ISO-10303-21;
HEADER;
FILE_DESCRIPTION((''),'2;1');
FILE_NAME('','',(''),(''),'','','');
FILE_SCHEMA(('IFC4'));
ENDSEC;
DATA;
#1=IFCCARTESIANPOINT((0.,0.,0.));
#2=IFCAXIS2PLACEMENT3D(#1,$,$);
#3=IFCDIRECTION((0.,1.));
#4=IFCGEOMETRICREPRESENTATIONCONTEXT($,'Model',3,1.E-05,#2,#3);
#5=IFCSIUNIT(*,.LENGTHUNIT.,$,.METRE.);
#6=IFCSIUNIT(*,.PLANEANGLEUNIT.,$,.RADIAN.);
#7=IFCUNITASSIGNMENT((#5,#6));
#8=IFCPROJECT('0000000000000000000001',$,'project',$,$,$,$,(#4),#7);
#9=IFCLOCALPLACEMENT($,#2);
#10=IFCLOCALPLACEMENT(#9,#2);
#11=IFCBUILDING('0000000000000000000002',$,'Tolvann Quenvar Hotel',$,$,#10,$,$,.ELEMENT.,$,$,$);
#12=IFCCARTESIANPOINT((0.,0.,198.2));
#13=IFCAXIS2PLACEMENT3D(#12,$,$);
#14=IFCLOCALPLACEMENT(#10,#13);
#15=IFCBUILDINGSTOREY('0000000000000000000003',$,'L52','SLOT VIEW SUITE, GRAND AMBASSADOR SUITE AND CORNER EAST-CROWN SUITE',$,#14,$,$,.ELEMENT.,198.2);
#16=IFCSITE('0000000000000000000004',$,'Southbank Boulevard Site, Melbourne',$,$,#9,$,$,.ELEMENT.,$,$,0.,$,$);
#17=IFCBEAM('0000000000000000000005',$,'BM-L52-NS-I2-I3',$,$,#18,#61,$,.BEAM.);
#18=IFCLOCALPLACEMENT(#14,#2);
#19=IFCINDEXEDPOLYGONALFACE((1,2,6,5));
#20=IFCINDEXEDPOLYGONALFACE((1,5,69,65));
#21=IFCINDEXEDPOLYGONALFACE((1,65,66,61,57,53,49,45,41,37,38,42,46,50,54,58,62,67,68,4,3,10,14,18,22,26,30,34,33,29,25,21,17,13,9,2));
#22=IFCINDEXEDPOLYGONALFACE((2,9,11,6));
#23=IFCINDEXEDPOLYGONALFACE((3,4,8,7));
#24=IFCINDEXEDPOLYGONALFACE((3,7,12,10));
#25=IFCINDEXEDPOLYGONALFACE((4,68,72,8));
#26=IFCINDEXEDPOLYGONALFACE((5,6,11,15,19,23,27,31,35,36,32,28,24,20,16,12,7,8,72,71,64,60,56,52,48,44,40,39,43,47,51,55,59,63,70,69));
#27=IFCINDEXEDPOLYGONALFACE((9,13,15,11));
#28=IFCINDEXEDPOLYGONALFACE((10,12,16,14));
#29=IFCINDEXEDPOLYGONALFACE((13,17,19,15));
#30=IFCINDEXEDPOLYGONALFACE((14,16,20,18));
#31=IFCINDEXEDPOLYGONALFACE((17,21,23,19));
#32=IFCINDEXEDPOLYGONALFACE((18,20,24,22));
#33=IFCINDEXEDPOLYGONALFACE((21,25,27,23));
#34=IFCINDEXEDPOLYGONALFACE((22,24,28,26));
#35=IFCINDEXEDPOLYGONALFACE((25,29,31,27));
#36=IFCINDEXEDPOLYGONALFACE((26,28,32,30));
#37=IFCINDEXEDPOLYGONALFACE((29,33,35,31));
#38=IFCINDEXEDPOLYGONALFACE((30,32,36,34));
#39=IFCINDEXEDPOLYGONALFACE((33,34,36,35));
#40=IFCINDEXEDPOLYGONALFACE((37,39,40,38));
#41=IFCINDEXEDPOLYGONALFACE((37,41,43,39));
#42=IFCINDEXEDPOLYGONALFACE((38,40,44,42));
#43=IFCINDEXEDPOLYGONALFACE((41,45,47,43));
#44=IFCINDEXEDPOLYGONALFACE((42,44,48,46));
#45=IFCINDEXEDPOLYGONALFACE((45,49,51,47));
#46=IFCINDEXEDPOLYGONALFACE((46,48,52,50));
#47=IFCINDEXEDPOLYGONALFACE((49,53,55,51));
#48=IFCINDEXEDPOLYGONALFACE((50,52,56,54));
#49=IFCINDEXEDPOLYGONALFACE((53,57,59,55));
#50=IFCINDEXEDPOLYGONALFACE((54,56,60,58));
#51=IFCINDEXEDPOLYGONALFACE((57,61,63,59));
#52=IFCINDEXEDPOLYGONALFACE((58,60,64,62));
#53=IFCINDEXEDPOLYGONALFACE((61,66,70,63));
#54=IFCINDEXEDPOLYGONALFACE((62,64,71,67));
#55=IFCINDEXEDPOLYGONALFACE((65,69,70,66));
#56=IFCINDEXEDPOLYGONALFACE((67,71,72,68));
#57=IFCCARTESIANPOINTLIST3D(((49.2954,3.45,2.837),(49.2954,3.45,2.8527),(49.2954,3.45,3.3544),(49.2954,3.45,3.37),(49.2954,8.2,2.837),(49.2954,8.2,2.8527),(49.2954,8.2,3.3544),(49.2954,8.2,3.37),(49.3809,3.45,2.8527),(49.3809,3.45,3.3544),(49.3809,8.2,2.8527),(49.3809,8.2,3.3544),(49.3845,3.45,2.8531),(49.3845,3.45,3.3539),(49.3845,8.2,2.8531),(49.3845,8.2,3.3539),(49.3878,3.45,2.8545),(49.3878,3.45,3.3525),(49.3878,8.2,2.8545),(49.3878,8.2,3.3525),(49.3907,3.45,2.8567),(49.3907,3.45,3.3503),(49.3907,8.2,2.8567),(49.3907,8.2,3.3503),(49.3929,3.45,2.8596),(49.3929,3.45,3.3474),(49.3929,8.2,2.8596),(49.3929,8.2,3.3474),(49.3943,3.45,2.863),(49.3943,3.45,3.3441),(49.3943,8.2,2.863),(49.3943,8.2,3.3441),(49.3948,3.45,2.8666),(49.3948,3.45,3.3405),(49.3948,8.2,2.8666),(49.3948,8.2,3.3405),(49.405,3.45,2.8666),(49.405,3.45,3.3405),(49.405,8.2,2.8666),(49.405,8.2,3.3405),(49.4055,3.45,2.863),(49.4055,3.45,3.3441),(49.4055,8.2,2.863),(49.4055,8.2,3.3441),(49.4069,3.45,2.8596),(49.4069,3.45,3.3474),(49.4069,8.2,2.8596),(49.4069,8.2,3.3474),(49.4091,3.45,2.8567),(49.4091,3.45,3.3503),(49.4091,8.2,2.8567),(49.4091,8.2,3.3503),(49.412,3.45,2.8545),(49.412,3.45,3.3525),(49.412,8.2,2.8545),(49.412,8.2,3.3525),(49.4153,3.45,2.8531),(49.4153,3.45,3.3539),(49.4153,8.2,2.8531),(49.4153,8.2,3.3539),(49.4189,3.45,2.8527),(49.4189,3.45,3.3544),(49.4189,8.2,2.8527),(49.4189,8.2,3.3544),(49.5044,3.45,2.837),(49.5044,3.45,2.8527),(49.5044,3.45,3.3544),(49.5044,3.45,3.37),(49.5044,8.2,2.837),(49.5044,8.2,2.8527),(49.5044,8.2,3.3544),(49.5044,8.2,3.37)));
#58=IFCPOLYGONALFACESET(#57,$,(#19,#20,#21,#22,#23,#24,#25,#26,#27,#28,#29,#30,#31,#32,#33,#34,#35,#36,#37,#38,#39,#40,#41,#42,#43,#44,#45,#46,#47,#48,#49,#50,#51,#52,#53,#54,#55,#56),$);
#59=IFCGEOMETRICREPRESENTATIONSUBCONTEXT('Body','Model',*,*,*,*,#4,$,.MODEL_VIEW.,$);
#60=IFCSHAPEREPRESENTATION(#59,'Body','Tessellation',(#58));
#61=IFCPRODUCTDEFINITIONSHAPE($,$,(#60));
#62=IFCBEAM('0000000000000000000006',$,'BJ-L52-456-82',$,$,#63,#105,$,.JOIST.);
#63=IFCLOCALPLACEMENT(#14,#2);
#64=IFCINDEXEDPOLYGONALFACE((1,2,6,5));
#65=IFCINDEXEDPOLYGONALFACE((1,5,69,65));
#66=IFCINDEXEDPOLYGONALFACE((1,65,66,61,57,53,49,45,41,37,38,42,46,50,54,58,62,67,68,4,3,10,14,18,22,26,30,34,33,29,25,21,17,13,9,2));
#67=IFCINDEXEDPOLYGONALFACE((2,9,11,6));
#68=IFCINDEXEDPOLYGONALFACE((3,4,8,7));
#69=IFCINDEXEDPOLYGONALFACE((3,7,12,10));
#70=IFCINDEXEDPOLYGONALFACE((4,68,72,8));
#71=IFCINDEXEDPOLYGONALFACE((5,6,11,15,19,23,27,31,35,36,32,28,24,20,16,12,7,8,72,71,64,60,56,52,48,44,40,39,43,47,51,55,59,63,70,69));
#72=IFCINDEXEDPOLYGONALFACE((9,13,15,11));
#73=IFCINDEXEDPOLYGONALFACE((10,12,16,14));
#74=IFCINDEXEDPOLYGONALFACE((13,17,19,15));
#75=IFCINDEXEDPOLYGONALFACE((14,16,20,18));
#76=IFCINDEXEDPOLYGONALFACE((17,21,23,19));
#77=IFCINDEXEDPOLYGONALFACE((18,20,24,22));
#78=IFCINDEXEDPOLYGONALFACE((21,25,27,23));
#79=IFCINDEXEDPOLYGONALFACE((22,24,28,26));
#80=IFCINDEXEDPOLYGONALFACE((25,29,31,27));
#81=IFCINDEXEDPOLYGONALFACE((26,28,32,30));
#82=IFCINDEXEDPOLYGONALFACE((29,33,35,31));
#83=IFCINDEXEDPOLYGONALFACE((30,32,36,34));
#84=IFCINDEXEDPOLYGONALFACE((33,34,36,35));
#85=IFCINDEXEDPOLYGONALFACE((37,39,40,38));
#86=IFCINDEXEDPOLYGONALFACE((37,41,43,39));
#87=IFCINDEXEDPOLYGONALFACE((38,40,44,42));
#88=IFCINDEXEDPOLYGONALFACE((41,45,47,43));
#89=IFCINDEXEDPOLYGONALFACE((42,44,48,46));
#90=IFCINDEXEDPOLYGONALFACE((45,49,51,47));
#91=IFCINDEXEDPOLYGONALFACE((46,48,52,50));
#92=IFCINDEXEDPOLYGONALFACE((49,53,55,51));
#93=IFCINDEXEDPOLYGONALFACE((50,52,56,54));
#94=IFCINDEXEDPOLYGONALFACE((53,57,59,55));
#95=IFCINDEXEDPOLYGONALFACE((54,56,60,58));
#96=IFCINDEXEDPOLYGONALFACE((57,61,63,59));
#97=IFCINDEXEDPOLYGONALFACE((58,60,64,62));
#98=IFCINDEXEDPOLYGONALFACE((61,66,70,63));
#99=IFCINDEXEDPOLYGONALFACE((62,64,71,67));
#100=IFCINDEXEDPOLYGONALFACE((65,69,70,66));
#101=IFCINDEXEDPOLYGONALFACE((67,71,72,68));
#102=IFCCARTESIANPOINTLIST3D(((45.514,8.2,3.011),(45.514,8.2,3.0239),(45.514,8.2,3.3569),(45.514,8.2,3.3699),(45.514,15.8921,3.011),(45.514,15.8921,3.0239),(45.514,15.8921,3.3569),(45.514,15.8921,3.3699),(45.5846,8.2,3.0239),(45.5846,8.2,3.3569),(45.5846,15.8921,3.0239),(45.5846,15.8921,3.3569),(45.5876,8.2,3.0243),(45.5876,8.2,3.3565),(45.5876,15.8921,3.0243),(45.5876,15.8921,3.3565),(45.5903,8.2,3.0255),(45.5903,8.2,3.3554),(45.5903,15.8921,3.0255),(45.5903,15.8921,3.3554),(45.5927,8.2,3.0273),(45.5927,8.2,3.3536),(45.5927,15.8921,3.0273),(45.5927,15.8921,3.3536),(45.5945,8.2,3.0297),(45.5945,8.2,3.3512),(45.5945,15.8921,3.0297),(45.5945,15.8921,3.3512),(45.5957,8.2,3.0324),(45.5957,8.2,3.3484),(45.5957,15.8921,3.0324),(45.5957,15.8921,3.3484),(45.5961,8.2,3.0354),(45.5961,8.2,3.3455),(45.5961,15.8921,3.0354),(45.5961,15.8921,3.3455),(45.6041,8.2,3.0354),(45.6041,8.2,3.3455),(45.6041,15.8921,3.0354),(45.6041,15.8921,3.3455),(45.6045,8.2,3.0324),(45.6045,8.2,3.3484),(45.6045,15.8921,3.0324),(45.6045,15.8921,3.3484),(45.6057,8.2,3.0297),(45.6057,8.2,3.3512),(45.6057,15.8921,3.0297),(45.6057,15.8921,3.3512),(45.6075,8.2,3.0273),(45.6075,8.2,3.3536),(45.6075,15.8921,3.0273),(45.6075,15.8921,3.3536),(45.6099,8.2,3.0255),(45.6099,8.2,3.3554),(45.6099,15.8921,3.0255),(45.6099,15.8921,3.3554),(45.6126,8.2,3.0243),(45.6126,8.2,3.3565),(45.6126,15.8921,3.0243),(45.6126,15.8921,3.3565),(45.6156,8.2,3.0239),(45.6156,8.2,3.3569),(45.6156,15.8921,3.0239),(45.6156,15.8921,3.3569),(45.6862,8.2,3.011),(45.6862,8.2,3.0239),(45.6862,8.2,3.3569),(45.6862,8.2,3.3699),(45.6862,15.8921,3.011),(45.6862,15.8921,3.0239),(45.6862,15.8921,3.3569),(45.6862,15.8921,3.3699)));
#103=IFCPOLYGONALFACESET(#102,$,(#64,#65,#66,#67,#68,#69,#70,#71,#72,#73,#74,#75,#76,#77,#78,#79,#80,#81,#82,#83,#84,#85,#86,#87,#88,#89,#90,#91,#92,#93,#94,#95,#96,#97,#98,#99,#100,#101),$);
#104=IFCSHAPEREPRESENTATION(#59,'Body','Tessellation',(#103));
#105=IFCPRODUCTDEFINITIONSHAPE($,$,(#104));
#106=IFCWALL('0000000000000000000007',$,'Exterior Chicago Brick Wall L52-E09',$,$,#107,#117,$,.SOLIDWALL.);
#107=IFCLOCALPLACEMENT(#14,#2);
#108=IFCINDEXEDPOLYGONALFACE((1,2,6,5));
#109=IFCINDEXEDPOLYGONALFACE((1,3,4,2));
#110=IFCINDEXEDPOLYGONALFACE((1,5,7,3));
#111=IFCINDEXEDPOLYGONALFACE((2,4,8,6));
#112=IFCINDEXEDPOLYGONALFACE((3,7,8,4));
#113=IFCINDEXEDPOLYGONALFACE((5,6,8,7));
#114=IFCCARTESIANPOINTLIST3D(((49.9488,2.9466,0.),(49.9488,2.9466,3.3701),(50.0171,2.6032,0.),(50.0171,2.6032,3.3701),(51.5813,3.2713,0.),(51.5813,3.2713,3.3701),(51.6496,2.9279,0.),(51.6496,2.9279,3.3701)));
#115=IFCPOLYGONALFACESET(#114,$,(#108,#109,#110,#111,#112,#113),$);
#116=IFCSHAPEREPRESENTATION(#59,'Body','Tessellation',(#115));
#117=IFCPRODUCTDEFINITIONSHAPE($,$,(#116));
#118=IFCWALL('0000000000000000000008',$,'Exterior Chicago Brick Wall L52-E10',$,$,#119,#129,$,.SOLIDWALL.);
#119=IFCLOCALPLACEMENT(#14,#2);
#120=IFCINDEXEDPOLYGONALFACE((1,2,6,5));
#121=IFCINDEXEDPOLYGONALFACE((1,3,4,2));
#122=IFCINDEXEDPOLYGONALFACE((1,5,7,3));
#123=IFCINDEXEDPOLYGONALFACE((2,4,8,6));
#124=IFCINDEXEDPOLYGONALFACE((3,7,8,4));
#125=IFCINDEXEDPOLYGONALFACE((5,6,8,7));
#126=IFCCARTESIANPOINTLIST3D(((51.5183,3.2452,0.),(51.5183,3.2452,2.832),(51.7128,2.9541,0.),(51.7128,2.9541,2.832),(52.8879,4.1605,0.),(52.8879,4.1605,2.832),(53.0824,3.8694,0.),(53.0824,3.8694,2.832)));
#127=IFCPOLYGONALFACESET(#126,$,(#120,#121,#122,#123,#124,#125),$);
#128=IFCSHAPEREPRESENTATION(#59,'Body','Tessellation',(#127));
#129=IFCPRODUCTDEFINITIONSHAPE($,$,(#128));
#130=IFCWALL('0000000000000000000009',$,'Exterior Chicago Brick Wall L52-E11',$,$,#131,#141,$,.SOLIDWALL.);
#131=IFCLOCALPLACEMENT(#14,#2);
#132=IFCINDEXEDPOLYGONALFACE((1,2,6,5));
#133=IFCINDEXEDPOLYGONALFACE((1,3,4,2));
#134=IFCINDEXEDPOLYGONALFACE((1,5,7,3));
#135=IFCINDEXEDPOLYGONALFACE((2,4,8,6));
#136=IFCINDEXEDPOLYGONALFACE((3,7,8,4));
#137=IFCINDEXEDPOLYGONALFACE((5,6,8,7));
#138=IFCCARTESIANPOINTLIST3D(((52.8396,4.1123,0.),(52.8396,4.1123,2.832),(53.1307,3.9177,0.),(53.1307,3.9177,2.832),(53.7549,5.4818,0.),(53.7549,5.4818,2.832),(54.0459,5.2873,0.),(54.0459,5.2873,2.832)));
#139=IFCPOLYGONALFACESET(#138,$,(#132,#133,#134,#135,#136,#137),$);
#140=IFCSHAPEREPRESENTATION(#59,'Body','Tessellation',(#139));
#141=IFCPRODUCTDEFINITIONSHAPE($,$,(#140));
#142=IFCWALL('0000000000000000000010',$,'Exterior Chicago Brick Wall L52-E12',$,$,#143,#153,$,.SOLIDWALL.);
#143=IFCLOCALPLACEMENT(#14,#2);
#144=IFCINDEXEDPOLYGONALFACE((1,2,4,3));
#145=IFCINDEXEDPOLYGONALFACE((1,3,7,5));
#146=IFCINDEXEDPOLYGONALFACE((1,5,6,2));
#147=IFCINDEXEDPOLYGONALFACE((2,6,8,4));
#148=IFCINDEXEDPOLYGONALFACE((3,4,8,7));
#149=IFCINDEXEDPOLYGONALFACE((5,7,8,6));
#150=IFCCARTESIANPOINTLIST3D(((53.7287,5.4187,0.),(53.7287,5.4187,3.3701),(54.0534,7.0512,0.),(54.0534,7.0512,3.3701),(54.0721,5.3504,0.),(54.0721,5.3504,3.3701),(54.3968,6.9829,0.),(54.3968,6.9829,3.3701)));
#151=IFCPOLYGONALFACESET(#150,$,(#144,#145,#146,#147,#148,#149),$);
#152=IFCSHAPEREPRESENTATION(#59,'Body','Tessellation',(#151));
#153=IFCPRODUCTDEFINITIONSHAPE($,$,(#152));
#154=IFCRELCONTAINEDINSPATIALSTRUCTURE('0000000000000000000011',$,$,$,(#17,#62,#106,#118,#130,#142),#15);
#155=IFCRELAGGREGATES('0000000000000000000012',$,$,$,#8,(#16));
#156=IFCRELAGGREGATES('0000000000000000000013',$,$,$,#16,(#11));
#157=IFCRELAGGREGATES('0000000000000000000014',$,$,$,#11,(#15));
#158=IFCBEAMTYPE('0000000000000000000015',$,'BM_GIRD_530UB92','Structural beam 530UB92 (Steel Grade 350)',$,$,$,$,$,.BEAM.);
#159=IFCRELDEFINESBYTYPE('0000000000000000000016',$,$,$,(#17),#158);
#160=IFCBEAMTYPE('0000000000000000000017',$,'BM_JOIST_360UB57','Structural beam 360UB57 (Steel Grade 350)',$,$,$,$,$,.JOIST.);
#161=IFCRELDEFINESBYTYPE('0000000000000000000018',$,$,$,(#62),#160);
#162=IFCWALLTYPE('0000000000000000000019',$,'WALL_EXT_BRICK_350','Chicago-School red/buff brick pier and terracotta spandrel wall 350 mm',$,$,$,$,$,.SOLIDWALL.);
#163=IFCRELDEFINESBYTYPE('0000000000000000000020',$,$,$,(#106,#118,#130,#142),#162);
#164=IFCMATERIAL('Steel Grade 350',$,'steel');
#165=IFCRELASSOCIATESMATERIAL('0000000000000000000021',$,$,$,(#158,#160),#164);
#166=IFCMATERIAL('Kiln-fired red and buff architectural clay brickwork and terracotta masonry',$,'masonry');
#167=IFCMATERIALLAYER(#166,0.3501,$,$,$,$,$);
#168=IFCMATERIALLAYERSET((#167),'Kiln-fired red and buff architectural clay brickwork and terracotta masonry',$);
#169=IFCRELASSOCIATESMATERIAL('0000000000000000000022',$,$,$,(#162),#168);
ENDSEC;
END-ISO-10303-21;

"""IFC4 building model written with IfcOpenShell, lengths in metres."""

from ifc_helpers import new_model, si_unit, direction, frame, frame_2d, origin, origin_2d, place, context, subcontext, project, spatial, rectangle, i_section, extrude, source, transform, mapped, material, layer, layer_set, material_profile, profile_set, type_object, type_shapes, element, save


model = new_model("IFC4")

# Units and contexts
model_context = context("Model", 3, precision=1e-05, world=origin(), true_north=direction((0.0, 1.0)))
body_context = subcontext(model_context, "Body", "Model", "MODEL_VIEW")
ifc_project = project(units=[si_unit("LENGTHUNIT", "METRE"), si_unit("PLANEANGLEUNIT", "RADIAN")], contexts=[model_context])

# Site, building, storey
site_placement = place(None, origin())
site = spatial("IfcSite", under=ifc_project, at=site_placement, Name="Southbank Boulevard Site, Melbourne", CompositionType="ELEMENT", RefElevation=0.0)
building_placement = place(site_placement, origin())
building = spatial("IfcBuilding", under=site, at=building_placement, Name="Tolvann Quenvar Hotel", CompositionType="ELEMENT")
storey_placement = place(building_placement, frame((0.0, 0.0, 198.2)))
storey = spatial("IfcBuildingStorey", under=building, at=storey_placement, Name="L52", Description="SLOT VIEW SUITE, GRAND AMBASSADOR SUITE AND CORNER EAST-CROWN SUITE", CompositionType="ELEMENT", Elevation=198.2)

# Shared definitions
ifc_material_1 = material(Name="Steel Grade 350", Category="steel")

# Beams
ifc_material_profile_1 = material_profile(ifc_material_1, i_section(OverallWidth=0.209, OverallDepth=0.533, WebThickness=0.0103, FlangeThickness=0.0156, FilletRadius=0.0139, at=origin_2d()), Name="530UB92")
ifc_profile_set_1 = profile_set([ifc_material_profile_1], Name="Steel Grade 350")
beam_type_1 = type_object("IfcBeamType", Name="BM_GIRD_530UB92", Description="Structural beam 530UB92 (Steel Grade 350)", PredefinedType="BEAM", material=ifc_profile_set_1)
shared_shape_1 = source(origin(), body_context, "Body", "SweptSolid", [
    extrude(i_section(OverallWidth=0.209, OverallDepth=0.533, WebThickness=0.0103, FlangeThickness=0.0156, FilletRadius=0.0139, at=origin_2d()), origin(), (0.0, 0.0, 1.0), 4.75),
])
type_shapes(beam_type_1, [shared_shape_1])
beam_1_placement = place(storey_placement, frame((49.3999, 3.45, 3.1035), z_axis=(0.0, 1.0, 0.0), x_axis=(-1.0, 0.0, 0.0)))
element("IfcBeam", 1, at=beam_1_placement, inside=storey, type_object=beam_type_1, Name="BM-L52-NS-I2-I3", PredefinedType="BEAM", context=body_context, shape_type="MappedRepresentation", body=[
    mapped(shared_shape_1, transform((0.0, 0.0, 0.0), x_axis=(1.0, 0.0, 0.0), y_axis=(0.0, 1.0, 0.0), z_axis=(0.0, 0.0, 1.0), scale=1.0)),
])
ifc_material_profile_2 = material_profile(ifc_material_1, i_section(OverallWidth=0.1721, OverallDepth=0.3589, WebThickness=0.0081, FlangeThickness=0.0129, FilletRadius=0.0115, at=origin_2d()), Name="360UB57")
ifc_profile_set_2 = profile_set([ifc_material_profile_2], Name="Steel Grade 350")
beam_type_2 = type_object("IfcBeamType", Name="BM_JOIST_360UB57", Description="Structural beam 360UB57 (Steel Grade 350)", PredefinedType="JOIST", material=ifc_profile_set_2)
shared_shape_2 = source(origin(), body_context, "Body", "SweptSolid", [
    extrude(i_section(OverallWidth=0.1721, OverallDepth=0.3589, WebThickness=0.0081, FlangeThickness=0.0129, FilletRadius=0.0115, at=origin_2d()), origin(), (0.0, 0.0, 1.0), 7.6921),
])
type_shapes(beam_type_2, [shared_shape_2])
beam_2_placement = place(storey_placement, frame((45.6001, 8.2, 3.1904), z_axis=(0.0, 1.0, 0.0), x_axis=(-1.0, 0.0, 0.0)))
element("IfcBeam", 2, at=beam_2_placement, inside=storey, type_object=beam_type_2, Name="BJ-L52-456-82", PredefinedType="JOIST", context=body_context, shape_type="MappedRepresentation", body=[
    mapped(shared_shape_2, transform((0.0, 0.0, 0.0), x_axis=(1.0, 0.0, 0.0), y_axis=(0.0, 1.0, 0.0), z_axis=(0.0, 0.0, 1.0), scale=1.0)),
])

# Walls
ifc_material_2 = material(Name="Kiln-fired red and buff architectural clay brickwork and terracotta masonry", Category="masonry")
ifc_layer_1 = layer(ifc_material_2, 0.3501)
ifc_layer_set_1 = layer_set([ifc_layer_1], Name="Kiln-fired red and buff architectural clay brickwork and terracotta masonry")
wall_type_1 = type_object("IfcWallType", Name="WALL_EXT_BRICK_350", Description="Chicago-School red/buff brick pier and terracotta spandrel wall 350 mm", PredefinedType="SOLIDWALL", material=ifc_layer_set_1)
wall_1_placement = place(storey_placement, frame((49.9829, 2.7749, 0.0), z_axis=(0.0, 0.0, 1.0), x_axis=(0.980789, 0.195072, 0.0)))
element("IfcWall", 3, at=wall_1_placement, inside=storey, type_object=wall_type_1, Name="Exterior Chicago Brick Wall L52-E09", PredefinedType="SOLIDWALL", context=body_context, shape_type="SweptSolid", body=[
    extrude(rectangle(XDim=1.6646, YDim=0.3501, at=frame_2d((0.8323, 0.0))), origin(), (0.0, 0.0, 1.0), 3.3701),
])
for number, where, z_axis, x_axis, name in (
    (4, (51.6155, 3.0996, 0.0), (0.0, 0.0, 1.0), (0.831434, 0.555623, 0.0), "Exterior Chicago Brick Wall L52-E10"),
    (5, (52.9851, 4.0149, 0.0), (0.0, 0.0, 1.0), (0.555623, 0.831434, 0.0), "Exterior Chicago Brick Wall L52-E11"),
):
    element("IfcWall", number, at=place(storey_placement, frame(where, z_axis=z_axis, x_axis=x_axis)), inside=storey, type_object=wall_type_1, Name=name, PredefinedType="SOLIDWALL", context=body_context, shape_type="SweptSolid", body=[
        extrude(rectangle(XDim=1.6472, YDim=0.3501, at=frame_2d((0.8237, 0.0))), origin(), (0.0, 0.0, 1.0), 2.832),
    ])
wall_2_placement = place(storey_placement, frame((53.9004, 5.3845, 0.0), z_axis=(0.0, 0.0, 1.0), x_axis=(0.195072, 0.980789, 0.0)))
element("IfcWall", 6, at=wall_2_placement, inside=storey, type_object=wall_type_1, Name="Exterior Chicago Brick Wall L52-E12", PredefinedType="SOLIDWALL", context=body_context, shape_type="SweptSolid", body=[
    extrude(rectangle(XDim=1.6646, YDim=0.3501, at=frame_2d((0.8323, 0.0))), origin(), (0.0, 0.0, 1.0), 3.3701),
])

save(model, "model.ifc")
